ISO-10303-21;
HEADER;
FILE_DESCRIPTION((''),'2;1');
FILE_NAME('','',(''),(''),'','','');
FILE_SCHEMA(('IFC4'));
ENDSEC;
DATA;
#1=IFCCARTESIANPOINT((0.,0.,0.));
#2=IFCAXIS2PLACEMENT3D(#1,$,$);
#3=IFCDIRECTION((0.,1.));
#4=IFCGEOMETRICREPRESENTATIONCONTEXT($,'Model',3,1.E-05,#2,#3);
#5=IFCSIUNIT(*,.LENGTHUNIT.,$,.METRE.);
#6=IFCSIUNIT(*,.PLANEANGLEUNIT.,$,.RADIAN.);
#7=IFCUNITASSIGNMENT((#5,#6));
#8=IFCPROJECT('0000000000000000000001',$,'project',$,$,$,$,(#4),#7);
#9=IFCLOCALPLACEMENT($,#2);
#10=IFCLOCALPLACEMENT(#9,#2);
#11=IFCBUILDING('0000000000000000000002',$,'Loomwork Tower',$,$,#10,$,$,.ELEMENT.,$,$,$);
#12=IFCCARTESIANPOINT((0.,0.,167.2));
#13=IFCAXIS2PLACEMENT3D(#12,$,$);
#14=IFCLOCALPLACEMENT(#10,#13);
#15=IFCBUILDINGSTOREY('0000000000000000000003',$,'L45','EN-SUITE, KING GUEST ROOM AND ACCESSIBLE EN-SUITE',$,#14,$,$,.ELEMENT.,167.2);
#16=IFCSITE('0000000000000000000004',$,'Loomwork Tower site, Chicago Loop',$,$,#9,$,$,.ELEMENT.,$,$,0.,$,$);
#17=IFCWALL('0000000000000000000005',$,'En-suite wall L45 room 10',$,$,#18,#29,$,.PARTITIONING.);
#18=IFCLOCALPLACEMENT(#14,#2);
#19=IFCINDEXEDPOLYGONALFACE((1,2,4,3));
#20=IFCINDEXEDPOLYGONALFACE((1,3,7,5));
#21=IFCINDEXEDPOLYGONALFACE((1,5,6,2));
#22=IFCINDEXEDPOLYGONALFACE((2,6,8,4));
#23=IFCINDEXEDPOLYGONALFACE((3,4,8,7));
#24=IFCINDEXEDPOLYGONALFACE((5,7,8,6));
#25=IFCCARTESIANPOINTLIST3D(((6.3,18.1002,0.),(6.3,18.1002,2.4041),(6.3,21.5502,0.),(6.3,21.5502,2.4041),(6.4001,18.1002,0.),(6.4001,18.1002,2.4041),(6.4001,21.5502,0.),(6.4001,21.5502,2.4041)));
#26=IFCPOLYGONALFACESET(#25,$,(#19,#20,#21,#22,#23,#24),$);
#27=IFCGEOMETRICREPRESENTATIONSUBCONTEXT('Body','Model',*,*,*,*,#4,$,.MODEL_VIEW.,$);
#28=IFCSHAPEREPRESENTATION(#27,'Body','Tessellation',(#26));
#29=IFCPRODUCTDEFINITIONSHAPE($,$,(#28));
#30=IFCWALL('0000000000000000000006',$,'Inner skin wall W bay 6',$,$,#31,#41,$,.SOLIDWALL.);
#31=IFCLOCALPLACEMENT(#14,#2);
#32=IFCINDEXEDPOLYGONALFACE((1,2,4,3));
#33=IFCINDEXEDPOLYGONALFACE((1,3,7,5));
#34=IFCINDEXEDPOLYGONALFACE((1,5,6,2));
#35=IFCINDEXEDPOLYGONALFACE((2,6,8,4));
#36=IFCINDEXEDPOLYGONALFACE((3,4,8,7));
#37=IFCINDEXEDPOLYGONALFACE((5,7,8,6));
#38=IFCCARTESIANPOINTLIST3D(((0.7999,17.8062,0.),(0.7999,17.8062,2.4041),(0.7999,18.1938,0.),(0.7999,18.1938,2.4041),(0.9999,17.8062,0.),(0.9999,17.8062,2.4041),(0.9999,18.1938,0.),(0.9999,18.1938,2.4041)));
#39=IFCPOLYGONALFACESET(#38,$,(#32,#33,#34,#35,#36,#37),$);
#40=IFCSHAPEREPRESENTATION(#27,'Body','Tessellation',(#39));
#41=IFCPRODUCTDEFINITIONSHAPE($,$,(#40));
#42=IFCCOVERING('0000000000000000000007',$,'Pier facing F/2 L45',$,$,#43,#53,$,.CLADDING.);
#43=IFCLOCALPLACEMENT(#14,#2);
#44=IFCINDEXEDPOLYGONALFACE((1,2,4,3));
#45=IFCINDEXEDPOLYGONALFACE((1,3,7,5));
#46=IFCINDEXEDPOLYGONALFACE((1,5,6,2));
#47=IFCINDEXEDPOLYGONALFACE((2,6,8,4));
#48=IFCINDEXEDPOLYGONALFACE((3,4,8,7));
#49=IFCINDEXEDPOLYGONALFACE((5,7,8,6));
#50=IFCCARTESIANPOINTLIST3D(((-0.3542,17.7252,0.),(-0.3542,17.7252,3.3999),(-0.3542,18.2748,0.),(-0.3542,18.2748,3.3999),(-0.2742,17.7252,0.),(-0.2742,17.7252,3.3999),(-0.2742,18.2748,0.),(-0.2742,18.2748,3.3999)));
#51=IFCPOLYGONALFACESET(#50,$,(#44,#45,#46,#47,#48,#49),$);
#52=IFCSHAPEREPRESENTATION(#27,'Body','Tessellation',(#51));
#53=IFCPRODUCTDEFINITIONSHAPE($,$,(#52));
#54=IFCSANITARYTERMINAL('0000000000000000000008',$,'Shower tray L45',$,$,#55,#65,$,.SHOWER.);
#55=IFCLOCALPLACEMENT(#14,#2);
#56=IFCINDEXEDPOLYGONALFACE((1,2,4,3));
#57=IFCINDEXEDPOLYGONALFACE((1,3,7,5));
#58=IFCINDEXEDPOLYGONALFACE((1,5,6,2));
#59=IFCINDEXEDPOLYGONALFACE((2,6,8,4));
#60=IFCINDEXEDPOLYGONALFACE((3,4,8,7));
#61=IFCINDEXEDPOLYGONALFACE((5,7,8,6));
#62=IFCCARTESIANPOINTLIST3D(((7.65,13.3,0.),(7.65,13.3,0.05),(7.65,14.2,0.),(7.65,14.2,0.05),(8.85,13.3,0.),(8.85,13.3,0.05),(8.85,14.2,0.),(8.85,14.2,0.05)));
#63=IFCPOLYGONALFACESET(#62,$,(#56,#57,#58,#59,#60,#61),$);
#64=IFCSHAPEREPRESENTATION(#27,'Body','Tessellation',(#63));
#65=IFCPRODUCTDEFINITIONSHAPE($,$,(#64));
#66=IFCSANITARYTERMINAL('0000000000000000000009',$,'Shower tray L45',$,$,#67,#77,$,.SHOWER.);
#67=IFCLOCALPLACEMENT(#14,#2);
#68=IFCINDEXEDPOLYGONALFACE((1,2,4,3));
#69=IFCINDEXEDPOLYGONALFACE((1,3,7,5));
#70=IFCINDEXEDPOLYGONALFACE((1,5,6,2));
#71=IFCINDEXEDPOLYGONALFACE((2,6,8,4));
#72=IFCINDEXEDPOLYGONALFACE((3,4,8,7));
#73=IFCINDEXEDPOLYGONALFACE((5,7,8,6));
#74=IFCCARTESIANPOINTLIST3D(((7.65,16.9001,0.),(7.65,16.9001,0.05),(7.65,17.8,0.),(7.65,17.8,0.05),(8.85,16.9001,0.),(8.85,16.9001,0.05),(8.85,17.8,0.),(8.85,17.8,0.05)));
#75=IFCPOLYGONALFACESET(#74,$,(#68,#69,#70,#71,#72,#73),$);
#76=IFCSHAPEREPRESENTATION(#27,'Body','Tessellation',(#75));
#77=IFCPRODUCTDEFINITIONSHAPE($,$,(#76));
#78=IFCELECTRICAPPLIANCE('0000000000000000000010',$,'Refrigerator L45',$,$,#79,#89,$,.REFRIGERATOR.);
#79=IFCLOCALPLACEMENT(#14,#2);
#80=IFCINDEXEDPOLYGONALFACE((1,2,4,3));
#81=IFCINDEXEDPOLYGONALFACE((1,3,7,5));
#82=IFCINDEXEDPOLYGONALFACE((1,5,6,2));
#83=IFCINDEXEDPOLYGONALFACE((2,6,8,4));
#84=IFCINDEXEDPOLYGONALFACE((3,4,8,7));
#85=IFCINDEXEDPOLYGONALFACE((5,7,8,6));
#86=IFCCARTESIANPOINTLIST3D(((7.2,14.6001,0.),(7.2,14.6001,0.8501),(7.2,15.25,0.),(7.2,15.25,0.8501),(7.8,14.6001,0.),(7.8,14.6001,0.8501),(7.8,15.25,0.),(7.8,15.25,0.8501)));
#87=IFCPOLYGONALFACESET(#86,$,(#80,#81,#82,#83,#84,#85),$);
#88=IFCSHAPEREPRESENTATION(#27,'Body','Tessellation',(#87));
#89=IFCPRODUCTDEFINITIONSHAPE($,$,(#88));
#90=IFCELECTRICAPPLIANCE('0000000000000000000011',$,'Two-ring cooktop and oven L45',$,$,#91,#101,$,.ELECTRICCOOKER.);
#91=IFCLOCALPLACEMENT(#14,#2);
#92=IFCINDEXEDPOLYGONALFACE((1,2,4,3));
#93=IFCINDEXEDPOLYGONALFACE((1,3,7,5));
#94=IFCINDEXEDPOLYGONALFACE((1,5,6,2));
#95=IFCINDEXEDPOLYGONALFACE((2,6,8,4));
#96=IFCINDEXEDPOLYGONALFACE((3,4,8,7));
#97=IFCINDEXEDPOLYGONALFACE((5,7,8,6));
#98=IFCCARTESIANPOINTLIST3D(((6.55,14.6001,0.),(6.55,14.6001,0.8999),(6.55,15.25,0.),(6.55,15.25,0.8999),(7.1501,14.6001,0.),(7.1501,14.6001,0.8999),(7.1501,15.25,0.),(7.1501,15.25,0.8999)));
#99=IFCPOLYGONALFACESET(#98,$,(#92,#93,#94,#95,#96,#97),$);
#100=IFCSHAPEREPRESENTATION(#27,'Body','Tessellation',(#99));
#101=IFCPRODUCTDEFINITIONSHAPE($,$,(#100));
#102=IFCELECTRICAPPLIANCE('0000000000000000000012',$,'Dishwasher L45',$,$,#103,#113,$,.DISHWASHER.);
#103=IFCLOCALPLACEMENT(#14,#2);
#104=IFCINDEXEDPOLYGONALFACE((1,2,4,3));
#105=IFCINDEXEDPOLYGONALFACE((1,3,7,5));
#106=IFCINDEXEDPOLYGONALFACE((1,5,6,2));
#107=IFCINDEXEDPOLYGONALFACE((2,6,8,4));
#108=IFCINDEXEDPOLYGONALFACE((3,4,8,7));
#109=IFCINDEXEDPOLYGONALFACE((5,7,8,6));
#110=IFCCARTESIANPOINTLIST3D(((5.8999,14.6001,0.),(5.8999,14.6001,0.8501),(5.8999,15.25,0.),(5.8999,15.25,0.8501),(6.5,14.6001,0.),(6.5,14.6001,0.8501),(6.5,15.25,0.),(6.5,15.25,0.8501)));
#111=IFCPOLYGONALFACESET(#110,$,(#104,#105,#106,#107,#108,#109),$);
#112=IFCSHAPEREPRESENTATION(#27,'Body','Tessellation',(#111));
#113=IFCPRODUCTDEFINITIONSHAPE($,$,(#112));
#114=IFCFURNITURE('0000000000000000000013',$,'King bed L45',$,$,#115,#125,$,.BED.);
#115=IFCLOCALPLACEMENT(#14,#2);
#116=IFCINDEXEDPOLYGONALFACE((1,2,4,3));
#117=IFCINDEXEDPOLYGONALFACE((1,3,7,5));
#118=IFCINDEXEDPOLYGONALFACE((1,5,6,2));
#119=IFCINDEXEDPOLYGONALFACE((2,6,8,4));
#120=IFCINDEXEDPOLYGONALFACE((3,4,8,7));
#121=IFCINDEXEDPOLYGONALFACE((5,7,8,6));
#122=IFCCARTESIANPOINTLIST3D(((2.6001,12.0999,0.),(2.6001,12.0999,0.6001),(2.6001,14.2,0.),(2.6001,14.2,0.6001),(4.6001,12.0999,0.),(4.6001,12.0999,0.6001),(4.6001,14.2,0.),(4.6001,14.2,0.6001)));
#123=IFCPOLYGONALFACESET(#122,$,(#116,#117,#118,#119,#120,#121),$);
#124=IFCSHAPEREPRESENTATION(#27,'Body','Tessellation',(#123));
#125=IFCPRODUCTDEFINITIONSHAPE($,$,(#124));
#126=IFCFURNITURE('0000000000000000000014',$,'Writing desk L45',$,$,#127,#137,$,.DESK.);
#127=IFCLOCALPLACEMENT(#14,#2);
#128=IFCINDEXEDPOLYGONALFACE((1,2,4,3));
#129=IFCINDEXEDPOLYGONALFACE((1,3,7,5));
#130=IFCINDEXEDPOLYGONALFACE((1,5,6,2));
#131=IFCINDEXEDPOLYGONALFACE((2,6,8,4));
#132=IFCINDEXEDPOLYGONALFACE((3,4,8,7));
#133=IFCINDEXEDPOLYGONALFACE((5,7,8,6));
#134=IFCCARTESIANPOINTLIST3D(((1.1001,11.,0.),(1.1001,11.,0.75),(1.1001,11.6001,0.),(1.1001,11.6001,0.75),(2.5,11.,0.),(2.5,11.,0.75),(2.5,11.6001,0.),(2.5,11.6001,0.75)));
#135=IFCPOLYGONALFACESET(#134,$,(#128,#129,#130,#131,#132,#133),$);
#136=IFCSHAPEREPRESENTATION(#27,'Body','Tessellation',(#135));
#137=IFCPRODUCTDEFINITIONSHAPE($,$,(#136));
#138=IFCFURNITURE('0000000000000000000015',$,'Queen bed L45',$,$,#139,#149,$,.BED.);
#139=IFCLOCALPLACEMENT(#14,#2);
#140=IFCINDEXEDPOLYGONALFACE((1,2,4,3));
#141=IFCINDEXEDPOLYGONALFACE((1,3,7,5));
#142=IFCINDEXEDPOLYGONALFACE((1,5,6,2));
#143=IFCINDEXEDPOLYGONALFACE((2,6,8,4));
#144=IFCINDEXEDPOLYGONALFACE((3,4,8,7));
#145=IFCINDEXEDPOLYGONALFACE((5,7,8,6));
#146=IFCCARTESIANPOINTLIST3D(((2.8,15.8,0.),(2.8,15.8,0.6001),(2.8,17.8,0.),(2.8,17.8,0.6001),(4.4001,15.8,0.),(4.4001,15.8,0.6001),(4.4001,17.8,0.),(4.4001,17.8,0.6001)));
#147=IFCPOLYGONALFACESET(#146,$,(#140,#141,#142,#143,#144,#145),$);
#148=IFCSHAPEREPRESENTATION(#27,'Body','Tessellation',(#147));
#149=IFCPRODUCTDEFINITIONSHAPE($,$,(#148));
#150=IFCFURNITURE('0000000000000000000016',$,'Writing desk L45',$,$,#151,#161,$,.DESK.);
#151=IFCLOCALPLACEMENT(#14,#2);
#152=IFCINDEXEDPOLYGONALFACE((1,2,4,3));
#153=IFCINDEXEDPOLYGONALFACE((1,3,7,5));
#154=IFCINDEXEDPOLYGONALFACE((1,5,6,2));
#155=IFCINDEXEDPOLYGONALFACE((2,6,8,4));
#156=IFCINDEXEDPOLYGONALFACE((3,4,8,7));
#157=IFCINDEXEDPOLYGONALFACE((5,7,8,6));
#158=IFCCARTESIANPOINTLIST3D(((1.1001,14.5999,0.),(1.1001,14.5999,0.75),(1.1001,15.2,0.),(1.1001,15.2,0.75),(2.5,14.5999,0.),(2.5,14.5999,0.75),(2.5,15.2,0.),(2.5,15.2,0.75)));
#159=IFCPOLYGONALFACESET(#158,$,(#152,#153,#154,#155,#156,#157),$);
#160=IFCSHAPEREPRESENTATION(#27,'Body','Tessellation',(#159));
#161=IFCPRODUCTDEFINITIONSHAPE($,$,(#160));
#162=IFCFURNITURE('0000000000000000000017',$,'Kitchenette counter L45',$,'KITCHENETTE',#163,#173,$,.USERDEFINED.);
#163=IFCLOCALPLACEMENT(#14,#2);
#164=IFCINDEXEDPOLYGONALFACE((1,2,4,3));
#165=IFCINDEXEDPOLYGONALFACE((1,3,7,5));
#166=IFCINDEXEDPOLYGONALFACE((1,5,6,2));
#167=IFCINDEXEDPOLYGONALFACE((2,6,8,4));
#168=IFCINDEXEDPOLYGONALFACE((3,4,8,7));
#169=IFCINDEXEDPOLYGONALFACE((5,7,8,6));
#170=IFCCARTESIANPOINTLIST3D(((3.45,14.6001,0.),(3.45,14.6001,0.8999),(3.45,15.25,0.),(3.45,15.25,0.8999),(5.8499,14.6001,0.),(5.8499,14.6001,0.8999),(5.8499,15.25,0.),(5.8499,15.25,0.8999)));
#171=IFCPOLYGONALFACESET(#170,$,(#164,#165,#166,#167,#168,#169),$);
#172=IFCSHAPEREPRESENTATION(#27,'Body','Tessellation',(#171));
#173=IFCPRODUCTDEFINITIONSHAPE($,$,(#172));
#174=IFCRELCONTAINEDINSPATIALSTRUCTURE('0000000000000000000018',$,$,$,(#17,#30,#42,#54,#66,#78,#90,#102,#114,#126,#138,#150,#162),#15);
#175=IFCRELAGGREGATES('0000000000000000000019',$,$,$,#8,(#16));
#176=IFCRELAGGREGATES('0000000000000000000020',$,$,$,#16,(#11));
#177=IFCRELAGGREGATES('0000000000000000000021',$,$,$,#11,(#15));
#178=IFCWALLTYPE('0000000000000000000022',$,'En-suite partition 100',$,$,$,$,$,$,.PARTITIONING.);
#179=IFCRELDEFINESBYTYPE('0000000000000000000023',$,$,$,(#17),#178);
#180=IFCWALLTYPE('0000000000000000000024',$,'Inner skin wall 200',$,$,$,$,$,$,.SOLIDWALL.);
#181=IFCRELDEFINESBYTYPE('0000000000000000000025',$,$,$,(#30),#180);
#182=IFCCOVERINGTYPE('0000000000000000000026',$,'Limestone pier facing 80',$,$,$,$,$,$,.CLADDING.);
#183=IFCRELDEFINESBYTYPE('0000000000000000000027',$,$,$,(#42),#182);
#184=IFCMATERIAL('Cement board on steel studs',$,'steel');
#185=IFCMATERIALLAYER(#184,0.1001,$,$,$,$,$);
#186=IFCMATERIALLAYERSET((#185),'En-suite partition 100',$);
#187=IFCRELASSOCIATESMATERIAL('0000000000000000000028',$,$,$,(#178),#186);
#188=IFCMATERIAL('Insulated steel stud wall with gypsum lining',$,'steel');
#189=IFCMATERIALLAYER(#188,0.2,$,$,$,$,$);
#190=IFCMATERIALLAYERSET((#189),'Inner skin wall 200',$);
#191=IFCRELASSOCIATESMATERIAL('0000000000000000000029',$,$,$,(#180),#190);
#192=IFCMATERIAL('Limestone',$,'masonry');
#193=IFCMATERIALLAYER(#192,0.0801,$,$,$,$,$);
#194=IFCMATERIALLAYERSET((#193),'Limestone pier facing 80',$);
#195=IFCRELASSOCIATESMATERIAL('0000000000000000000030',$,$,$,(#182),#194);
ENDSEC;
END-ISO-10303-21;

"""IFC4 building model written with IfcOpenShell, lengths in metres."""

from ifc_helpers import new_model, si_unit, direction, frame, frame_2d, origin, origin_2d, place, context, subcontext, project, spatial, rectangle, extrude, material, layer, layer_set, type_object, element, save


model = new_model("IFC4")

# Units and contexts
model_context = context("Model", 3, precision=1e-05, world=origin(), true_north=direction((0.0, 1.0)))
body_context = subcontext(model_context, "Body", "Model", "MODEL_VIEW")
ifc_project = project(units=[si_unit("LENGTHUNIT", "METRE"), si_unit("PLANEANGLEUNIT", "RADIAN")], contexts=[model_context])

# Site, building, storey
site_placement = place(None, origin())
site = spatial("IfcSite", under=ifc_project, at=site_placement, Name="Loomwork Tower site, Chicago Loop", CompositionType="ELEMENT", RefElevation=0.0)
building_placement = place(site_placement, origin())
building = spatial("IfcBuilding", under=site, at=building_placement, Name="Loomwork Tower", CompositionType="ELEMENT")
storey_placement = place(building_placement, frame((0.0, 0.0, 167.2)))
storey = spatial("IfcBuildingStorey", under=building, at=storey_placement, Name="L45", Description="EN-SUITE, KING GUEST ROOM AND ACCESSIBLE EN-SUITE", CompositionType="ELEMENT", Elevation=167.2)

# Walls
ifc_material_1 = material(Name="Cement board on steel studs", Category="steel")
ifc_layer_1 = layer(ifc_material_1, 0.1001)
ifc_layer_set_1 = layer_set([ifc_layer_1], Name="En-suite partition 100")
wall_type_1 = type_object("IfcWallType", Name="En-suite partition 100", PredefinedType="PARTITIONING", material=ifc_layer_set_1)
wall_1_placement = place(storey_placement, frame((6.3501, 18.1001, 0.0), z_axis=(0.0, 0.0, 1.0), x_axis=(0.0, 1.0, 0.0)))
element("IfcWall", 1, at=wall_1_placement, inside=storey, type_object=wall_type_1, Name="En-suite wall L45 room 10", PredefinedType="PARTITIONING", context=body_context, shape_type="SweptSolid", body=[
    extrude(rectangle(XDim=3.45, YDim=0.1001, at=frame_2d((1.7251, 0.0))), origin(), (0.0, 0.0, 1.0), 2.4041),
])
ifc_material_2 = material(Name="Insulated steel stud wall with gypsum lining", Category="steel")
ifc_layer_2 = layer(ifc_material_2, 0.2)
ifc_layer_set_2 = layer_set([ifc_layer_2], Name="Inner skin wall 200")
wall_type_2 = type_object("IfcWallType", Name="Inner skin wall 200", PredefinedType="SOLIDWALL", material=ifc_layer_set_2)
wall_2_placement = place(storey_placement, frame((0.8999, 17.8062, 0.0), z_axis=(0.0, 0.0, 1.0), x_axis=(0.0, 1.0, 0.0)))
element("IfcWall", 2, at=wall_2_placement, inside=storey, type_object=wall_type_2, Name="Inner skin wall W bay 6", PredefinedType="SOLIDWALL", context=body_context, shape_type="SweptSolid", body=[
    extrude(rectangle(XDim=0.3877, YDim=0.2, at=frame_2d((0.1938, 0.0))), origin(), (0.0, 0.0, 1.0), 2.4041),
])

# Covering
ifc_material_3 = material(Name="Limestone", Category="masonry")
ifc_layer_3 = layer(ifc_material_3, 0.0801)
ifc_layer_set_3 = layer_set([ifc_layer_3], Name="Limestone pier facing 80")
covering_type = type_object("IfcCoveringType", Name="Limestone pier facing 80", PredefinedType="CLADDING", material=ifc_layer_set_3)
covering_placement = place(storey_placement, frame((-0.3142, 18.0, 0.0), z_axis=(0.0, 0.0, 1.0), x_axis=(1.0, 0.0, 0.0)))
element("IfcCovering", 3, at=covering_placement, inside=storey, type_object=covering_type, Name="Pier facing F/2 L45", PredefinedType="CLADDING", context=body_context, shape_type="SweptSolid", body=[
    extrude(rectangle(XDim=0.0801, YDim=0.5496, at=origin_2d()), origin(), (0.0, 0.0, 1.0), 3.3999),
])

# Sanitary terminals
for number, where, z_axis, x_axis, name in (
    (4, (8.25, 13.75, 0.0), (0.0, 0.0, 1.0), (1.0, 0.0, 0.0), "Shower tray L45"),
    (5, (8.25, 17.3501, 0.0), (0.0, 0.0, 1.0), (1.0, 0.0, 0.0), "Shower tray L45"),
):
    element("IfcSanitaryTerminal", number, at=place(storey_placement, frame(where, z_axis=z_axis, x_axis=x_axis)), inside=storey, Name=name, PredefinedType="SHOWER", context=body_context, shape_type="SweptSolid", body=[
        extrude(rectangle(XDim=1.2, YDim=0.8999, at=origin_2d()), origin(), (0.0, 0.0, 1.0), 0.05),
    ])

# Electric appliances
electric_appliance_1_placement = place(storey_placement, frame((7.5, 14.925, 0.0), z_axis=(0.0, 0.0, 1.0), x_axis=(1.0, 0.0, 0.0)))
element("IfcElectricAppliance", 6, at=electric_appliance_1_placement, inside=storey, Name="Refrigerator L45", PredefinedType="REFRIGERATOR", context=body_context, shape_type="SweptSolid", body=[
    extrude(rectangle(XDim=0.6001, YDim=0.6499, at=origin_2d()), origin(), (0.0, 0.0, 1.0), 0.8501),
])
electric_appliance_2_placement = place(storey_placement, frame((6.8501, 14.925, 0.0), z_axis=(0.0, 0.0, 1.0), x_axis=(1.0, 0.0, 0.0)))
element("IfcElectricAppliance", 7, at=electric_appliance_2_placement, inside=storey, Name="Two-ring cooktop and oven L45", PredefinedType="ELECTRICCOOKER", context=body_context, shape_type="SweptSolid", body=[
    extrude(rectangle(XDim=0.6001, YDim=0.6499, at=origin_2d()), origin(), (0.0, 0.0, 1.0), 0.8999),
])
electric_appliance_3_placement = place(storey_placement, frame((6.2, 14.925, 0.0), z_axis=(0.0, 0.0, 1.0), x_axis=(1.0, 0.0, 0.0)))
element("IfcElectricAppliance", 8, at=electric_appliance_3_placement, inside=storey, Name="Dishwasher L45", PredefinedType="DISHWASHER", context=body_context, shape_type="SweptSolid", body=[
    extrude(rectangle(XDim=0.6001, YDim=0.6499, at=origin_2d()), origin(), (0.0, 0.0, 1.0), 0.8501),
])

# Furniture
furniture_1_placement = place(storey_placement, frame((3.6001, 13.1499, 0.0), z_axis=(0.0, 0.0, 1.0), x_axis=(1.0, 0.0, 0.0)))
element("IfcFurniture", 9, at=furniture_1_placement, inside=storey, Name="King bed L45", PredefinedType="BED", context=body_context, shape_type="SweptSolid", body=[
    extrude(rectangle(XDim=2.0, YDim=2.1001, at=origin_2d()), origin(), (0.0, 0.0, 1.0), 0.6001),
])
furniture_2_placement = place(storey_placement, frame((1.8, 11.3, 0.0), z_axis=(0.0, 0.0, 1.0), x_axis=(1.0, 0.0, 0.0)))
element("IfcFurniture", 10, at=furniture_2_placement, inside=storey, Name="Writing desk L45", PredefinedType="DESK", context=body_context, shape_type="SweptSolid", body=[
    extrude(rectangle(XDim=1.3999, YDim=0.6001, at=origin_2d()), origin(), (0.0, 0.0, 1.0), 0.75),
])
furniture_3_placement = place(storey_placement, frame((3.6001, 16.8, 0.0), z_axis=(0.0, 0.0, 1.0), x_axis=(1.0, 0.0, 0.0)))
element("IfcFurniture", 11, at=furniture_3_placement, inside=storey, Name="Queen bed L45", PredefinedType="BED", context=body_context, shape_type="SweptSolid", body=[
    extrude(rectangle(XDim=1.6001, YDim=2.0, at=origin_2d()), origin(), (0.0, 0.0, 1.0), 0.6001),
])
furniture_4_placement = place(storey_placement, frame((1.8, 14.8999, 0.0), z_axis=(0.0, 0.0, 1.0), x_axis=(1.0, 0.0, 0.0)))
element("IfcFurniture", 12, at=furniture_4_placement, inside=storey, Name="Writing desk L45", PredefinedType="DESK", context=body_context, shape_type="SweptSolid", body=[
    extrude(rectangle(XDim=1.3999, YDim=0.6001, at=origin_2d()), origin(), (0.0, 0.0, 1.0), 0.75),
])
furniture_5_placement = place(storey_placement, frame((4.6499, 14.925, 0.0), z_axis=(0.0, 0.0, 1.0), x_axis=(1.0, 0.0, 0.0)))
element("IfcFurniture", 13, at=furniture_5_placement, inside=storey, Name="Kitchenette counter L45", ObjectType="KITCHENETTE", PredefinedType="USERDEFINED", context=body_context, shape_type="SweptSolid", body=[
    extrude(rectangle(XDim=2.3999, YDim=0.6499, at=origin_2d()), origin(), (0.0, 0.0, 1.0), 0.8999),
])

save(model, "model.ifc")
